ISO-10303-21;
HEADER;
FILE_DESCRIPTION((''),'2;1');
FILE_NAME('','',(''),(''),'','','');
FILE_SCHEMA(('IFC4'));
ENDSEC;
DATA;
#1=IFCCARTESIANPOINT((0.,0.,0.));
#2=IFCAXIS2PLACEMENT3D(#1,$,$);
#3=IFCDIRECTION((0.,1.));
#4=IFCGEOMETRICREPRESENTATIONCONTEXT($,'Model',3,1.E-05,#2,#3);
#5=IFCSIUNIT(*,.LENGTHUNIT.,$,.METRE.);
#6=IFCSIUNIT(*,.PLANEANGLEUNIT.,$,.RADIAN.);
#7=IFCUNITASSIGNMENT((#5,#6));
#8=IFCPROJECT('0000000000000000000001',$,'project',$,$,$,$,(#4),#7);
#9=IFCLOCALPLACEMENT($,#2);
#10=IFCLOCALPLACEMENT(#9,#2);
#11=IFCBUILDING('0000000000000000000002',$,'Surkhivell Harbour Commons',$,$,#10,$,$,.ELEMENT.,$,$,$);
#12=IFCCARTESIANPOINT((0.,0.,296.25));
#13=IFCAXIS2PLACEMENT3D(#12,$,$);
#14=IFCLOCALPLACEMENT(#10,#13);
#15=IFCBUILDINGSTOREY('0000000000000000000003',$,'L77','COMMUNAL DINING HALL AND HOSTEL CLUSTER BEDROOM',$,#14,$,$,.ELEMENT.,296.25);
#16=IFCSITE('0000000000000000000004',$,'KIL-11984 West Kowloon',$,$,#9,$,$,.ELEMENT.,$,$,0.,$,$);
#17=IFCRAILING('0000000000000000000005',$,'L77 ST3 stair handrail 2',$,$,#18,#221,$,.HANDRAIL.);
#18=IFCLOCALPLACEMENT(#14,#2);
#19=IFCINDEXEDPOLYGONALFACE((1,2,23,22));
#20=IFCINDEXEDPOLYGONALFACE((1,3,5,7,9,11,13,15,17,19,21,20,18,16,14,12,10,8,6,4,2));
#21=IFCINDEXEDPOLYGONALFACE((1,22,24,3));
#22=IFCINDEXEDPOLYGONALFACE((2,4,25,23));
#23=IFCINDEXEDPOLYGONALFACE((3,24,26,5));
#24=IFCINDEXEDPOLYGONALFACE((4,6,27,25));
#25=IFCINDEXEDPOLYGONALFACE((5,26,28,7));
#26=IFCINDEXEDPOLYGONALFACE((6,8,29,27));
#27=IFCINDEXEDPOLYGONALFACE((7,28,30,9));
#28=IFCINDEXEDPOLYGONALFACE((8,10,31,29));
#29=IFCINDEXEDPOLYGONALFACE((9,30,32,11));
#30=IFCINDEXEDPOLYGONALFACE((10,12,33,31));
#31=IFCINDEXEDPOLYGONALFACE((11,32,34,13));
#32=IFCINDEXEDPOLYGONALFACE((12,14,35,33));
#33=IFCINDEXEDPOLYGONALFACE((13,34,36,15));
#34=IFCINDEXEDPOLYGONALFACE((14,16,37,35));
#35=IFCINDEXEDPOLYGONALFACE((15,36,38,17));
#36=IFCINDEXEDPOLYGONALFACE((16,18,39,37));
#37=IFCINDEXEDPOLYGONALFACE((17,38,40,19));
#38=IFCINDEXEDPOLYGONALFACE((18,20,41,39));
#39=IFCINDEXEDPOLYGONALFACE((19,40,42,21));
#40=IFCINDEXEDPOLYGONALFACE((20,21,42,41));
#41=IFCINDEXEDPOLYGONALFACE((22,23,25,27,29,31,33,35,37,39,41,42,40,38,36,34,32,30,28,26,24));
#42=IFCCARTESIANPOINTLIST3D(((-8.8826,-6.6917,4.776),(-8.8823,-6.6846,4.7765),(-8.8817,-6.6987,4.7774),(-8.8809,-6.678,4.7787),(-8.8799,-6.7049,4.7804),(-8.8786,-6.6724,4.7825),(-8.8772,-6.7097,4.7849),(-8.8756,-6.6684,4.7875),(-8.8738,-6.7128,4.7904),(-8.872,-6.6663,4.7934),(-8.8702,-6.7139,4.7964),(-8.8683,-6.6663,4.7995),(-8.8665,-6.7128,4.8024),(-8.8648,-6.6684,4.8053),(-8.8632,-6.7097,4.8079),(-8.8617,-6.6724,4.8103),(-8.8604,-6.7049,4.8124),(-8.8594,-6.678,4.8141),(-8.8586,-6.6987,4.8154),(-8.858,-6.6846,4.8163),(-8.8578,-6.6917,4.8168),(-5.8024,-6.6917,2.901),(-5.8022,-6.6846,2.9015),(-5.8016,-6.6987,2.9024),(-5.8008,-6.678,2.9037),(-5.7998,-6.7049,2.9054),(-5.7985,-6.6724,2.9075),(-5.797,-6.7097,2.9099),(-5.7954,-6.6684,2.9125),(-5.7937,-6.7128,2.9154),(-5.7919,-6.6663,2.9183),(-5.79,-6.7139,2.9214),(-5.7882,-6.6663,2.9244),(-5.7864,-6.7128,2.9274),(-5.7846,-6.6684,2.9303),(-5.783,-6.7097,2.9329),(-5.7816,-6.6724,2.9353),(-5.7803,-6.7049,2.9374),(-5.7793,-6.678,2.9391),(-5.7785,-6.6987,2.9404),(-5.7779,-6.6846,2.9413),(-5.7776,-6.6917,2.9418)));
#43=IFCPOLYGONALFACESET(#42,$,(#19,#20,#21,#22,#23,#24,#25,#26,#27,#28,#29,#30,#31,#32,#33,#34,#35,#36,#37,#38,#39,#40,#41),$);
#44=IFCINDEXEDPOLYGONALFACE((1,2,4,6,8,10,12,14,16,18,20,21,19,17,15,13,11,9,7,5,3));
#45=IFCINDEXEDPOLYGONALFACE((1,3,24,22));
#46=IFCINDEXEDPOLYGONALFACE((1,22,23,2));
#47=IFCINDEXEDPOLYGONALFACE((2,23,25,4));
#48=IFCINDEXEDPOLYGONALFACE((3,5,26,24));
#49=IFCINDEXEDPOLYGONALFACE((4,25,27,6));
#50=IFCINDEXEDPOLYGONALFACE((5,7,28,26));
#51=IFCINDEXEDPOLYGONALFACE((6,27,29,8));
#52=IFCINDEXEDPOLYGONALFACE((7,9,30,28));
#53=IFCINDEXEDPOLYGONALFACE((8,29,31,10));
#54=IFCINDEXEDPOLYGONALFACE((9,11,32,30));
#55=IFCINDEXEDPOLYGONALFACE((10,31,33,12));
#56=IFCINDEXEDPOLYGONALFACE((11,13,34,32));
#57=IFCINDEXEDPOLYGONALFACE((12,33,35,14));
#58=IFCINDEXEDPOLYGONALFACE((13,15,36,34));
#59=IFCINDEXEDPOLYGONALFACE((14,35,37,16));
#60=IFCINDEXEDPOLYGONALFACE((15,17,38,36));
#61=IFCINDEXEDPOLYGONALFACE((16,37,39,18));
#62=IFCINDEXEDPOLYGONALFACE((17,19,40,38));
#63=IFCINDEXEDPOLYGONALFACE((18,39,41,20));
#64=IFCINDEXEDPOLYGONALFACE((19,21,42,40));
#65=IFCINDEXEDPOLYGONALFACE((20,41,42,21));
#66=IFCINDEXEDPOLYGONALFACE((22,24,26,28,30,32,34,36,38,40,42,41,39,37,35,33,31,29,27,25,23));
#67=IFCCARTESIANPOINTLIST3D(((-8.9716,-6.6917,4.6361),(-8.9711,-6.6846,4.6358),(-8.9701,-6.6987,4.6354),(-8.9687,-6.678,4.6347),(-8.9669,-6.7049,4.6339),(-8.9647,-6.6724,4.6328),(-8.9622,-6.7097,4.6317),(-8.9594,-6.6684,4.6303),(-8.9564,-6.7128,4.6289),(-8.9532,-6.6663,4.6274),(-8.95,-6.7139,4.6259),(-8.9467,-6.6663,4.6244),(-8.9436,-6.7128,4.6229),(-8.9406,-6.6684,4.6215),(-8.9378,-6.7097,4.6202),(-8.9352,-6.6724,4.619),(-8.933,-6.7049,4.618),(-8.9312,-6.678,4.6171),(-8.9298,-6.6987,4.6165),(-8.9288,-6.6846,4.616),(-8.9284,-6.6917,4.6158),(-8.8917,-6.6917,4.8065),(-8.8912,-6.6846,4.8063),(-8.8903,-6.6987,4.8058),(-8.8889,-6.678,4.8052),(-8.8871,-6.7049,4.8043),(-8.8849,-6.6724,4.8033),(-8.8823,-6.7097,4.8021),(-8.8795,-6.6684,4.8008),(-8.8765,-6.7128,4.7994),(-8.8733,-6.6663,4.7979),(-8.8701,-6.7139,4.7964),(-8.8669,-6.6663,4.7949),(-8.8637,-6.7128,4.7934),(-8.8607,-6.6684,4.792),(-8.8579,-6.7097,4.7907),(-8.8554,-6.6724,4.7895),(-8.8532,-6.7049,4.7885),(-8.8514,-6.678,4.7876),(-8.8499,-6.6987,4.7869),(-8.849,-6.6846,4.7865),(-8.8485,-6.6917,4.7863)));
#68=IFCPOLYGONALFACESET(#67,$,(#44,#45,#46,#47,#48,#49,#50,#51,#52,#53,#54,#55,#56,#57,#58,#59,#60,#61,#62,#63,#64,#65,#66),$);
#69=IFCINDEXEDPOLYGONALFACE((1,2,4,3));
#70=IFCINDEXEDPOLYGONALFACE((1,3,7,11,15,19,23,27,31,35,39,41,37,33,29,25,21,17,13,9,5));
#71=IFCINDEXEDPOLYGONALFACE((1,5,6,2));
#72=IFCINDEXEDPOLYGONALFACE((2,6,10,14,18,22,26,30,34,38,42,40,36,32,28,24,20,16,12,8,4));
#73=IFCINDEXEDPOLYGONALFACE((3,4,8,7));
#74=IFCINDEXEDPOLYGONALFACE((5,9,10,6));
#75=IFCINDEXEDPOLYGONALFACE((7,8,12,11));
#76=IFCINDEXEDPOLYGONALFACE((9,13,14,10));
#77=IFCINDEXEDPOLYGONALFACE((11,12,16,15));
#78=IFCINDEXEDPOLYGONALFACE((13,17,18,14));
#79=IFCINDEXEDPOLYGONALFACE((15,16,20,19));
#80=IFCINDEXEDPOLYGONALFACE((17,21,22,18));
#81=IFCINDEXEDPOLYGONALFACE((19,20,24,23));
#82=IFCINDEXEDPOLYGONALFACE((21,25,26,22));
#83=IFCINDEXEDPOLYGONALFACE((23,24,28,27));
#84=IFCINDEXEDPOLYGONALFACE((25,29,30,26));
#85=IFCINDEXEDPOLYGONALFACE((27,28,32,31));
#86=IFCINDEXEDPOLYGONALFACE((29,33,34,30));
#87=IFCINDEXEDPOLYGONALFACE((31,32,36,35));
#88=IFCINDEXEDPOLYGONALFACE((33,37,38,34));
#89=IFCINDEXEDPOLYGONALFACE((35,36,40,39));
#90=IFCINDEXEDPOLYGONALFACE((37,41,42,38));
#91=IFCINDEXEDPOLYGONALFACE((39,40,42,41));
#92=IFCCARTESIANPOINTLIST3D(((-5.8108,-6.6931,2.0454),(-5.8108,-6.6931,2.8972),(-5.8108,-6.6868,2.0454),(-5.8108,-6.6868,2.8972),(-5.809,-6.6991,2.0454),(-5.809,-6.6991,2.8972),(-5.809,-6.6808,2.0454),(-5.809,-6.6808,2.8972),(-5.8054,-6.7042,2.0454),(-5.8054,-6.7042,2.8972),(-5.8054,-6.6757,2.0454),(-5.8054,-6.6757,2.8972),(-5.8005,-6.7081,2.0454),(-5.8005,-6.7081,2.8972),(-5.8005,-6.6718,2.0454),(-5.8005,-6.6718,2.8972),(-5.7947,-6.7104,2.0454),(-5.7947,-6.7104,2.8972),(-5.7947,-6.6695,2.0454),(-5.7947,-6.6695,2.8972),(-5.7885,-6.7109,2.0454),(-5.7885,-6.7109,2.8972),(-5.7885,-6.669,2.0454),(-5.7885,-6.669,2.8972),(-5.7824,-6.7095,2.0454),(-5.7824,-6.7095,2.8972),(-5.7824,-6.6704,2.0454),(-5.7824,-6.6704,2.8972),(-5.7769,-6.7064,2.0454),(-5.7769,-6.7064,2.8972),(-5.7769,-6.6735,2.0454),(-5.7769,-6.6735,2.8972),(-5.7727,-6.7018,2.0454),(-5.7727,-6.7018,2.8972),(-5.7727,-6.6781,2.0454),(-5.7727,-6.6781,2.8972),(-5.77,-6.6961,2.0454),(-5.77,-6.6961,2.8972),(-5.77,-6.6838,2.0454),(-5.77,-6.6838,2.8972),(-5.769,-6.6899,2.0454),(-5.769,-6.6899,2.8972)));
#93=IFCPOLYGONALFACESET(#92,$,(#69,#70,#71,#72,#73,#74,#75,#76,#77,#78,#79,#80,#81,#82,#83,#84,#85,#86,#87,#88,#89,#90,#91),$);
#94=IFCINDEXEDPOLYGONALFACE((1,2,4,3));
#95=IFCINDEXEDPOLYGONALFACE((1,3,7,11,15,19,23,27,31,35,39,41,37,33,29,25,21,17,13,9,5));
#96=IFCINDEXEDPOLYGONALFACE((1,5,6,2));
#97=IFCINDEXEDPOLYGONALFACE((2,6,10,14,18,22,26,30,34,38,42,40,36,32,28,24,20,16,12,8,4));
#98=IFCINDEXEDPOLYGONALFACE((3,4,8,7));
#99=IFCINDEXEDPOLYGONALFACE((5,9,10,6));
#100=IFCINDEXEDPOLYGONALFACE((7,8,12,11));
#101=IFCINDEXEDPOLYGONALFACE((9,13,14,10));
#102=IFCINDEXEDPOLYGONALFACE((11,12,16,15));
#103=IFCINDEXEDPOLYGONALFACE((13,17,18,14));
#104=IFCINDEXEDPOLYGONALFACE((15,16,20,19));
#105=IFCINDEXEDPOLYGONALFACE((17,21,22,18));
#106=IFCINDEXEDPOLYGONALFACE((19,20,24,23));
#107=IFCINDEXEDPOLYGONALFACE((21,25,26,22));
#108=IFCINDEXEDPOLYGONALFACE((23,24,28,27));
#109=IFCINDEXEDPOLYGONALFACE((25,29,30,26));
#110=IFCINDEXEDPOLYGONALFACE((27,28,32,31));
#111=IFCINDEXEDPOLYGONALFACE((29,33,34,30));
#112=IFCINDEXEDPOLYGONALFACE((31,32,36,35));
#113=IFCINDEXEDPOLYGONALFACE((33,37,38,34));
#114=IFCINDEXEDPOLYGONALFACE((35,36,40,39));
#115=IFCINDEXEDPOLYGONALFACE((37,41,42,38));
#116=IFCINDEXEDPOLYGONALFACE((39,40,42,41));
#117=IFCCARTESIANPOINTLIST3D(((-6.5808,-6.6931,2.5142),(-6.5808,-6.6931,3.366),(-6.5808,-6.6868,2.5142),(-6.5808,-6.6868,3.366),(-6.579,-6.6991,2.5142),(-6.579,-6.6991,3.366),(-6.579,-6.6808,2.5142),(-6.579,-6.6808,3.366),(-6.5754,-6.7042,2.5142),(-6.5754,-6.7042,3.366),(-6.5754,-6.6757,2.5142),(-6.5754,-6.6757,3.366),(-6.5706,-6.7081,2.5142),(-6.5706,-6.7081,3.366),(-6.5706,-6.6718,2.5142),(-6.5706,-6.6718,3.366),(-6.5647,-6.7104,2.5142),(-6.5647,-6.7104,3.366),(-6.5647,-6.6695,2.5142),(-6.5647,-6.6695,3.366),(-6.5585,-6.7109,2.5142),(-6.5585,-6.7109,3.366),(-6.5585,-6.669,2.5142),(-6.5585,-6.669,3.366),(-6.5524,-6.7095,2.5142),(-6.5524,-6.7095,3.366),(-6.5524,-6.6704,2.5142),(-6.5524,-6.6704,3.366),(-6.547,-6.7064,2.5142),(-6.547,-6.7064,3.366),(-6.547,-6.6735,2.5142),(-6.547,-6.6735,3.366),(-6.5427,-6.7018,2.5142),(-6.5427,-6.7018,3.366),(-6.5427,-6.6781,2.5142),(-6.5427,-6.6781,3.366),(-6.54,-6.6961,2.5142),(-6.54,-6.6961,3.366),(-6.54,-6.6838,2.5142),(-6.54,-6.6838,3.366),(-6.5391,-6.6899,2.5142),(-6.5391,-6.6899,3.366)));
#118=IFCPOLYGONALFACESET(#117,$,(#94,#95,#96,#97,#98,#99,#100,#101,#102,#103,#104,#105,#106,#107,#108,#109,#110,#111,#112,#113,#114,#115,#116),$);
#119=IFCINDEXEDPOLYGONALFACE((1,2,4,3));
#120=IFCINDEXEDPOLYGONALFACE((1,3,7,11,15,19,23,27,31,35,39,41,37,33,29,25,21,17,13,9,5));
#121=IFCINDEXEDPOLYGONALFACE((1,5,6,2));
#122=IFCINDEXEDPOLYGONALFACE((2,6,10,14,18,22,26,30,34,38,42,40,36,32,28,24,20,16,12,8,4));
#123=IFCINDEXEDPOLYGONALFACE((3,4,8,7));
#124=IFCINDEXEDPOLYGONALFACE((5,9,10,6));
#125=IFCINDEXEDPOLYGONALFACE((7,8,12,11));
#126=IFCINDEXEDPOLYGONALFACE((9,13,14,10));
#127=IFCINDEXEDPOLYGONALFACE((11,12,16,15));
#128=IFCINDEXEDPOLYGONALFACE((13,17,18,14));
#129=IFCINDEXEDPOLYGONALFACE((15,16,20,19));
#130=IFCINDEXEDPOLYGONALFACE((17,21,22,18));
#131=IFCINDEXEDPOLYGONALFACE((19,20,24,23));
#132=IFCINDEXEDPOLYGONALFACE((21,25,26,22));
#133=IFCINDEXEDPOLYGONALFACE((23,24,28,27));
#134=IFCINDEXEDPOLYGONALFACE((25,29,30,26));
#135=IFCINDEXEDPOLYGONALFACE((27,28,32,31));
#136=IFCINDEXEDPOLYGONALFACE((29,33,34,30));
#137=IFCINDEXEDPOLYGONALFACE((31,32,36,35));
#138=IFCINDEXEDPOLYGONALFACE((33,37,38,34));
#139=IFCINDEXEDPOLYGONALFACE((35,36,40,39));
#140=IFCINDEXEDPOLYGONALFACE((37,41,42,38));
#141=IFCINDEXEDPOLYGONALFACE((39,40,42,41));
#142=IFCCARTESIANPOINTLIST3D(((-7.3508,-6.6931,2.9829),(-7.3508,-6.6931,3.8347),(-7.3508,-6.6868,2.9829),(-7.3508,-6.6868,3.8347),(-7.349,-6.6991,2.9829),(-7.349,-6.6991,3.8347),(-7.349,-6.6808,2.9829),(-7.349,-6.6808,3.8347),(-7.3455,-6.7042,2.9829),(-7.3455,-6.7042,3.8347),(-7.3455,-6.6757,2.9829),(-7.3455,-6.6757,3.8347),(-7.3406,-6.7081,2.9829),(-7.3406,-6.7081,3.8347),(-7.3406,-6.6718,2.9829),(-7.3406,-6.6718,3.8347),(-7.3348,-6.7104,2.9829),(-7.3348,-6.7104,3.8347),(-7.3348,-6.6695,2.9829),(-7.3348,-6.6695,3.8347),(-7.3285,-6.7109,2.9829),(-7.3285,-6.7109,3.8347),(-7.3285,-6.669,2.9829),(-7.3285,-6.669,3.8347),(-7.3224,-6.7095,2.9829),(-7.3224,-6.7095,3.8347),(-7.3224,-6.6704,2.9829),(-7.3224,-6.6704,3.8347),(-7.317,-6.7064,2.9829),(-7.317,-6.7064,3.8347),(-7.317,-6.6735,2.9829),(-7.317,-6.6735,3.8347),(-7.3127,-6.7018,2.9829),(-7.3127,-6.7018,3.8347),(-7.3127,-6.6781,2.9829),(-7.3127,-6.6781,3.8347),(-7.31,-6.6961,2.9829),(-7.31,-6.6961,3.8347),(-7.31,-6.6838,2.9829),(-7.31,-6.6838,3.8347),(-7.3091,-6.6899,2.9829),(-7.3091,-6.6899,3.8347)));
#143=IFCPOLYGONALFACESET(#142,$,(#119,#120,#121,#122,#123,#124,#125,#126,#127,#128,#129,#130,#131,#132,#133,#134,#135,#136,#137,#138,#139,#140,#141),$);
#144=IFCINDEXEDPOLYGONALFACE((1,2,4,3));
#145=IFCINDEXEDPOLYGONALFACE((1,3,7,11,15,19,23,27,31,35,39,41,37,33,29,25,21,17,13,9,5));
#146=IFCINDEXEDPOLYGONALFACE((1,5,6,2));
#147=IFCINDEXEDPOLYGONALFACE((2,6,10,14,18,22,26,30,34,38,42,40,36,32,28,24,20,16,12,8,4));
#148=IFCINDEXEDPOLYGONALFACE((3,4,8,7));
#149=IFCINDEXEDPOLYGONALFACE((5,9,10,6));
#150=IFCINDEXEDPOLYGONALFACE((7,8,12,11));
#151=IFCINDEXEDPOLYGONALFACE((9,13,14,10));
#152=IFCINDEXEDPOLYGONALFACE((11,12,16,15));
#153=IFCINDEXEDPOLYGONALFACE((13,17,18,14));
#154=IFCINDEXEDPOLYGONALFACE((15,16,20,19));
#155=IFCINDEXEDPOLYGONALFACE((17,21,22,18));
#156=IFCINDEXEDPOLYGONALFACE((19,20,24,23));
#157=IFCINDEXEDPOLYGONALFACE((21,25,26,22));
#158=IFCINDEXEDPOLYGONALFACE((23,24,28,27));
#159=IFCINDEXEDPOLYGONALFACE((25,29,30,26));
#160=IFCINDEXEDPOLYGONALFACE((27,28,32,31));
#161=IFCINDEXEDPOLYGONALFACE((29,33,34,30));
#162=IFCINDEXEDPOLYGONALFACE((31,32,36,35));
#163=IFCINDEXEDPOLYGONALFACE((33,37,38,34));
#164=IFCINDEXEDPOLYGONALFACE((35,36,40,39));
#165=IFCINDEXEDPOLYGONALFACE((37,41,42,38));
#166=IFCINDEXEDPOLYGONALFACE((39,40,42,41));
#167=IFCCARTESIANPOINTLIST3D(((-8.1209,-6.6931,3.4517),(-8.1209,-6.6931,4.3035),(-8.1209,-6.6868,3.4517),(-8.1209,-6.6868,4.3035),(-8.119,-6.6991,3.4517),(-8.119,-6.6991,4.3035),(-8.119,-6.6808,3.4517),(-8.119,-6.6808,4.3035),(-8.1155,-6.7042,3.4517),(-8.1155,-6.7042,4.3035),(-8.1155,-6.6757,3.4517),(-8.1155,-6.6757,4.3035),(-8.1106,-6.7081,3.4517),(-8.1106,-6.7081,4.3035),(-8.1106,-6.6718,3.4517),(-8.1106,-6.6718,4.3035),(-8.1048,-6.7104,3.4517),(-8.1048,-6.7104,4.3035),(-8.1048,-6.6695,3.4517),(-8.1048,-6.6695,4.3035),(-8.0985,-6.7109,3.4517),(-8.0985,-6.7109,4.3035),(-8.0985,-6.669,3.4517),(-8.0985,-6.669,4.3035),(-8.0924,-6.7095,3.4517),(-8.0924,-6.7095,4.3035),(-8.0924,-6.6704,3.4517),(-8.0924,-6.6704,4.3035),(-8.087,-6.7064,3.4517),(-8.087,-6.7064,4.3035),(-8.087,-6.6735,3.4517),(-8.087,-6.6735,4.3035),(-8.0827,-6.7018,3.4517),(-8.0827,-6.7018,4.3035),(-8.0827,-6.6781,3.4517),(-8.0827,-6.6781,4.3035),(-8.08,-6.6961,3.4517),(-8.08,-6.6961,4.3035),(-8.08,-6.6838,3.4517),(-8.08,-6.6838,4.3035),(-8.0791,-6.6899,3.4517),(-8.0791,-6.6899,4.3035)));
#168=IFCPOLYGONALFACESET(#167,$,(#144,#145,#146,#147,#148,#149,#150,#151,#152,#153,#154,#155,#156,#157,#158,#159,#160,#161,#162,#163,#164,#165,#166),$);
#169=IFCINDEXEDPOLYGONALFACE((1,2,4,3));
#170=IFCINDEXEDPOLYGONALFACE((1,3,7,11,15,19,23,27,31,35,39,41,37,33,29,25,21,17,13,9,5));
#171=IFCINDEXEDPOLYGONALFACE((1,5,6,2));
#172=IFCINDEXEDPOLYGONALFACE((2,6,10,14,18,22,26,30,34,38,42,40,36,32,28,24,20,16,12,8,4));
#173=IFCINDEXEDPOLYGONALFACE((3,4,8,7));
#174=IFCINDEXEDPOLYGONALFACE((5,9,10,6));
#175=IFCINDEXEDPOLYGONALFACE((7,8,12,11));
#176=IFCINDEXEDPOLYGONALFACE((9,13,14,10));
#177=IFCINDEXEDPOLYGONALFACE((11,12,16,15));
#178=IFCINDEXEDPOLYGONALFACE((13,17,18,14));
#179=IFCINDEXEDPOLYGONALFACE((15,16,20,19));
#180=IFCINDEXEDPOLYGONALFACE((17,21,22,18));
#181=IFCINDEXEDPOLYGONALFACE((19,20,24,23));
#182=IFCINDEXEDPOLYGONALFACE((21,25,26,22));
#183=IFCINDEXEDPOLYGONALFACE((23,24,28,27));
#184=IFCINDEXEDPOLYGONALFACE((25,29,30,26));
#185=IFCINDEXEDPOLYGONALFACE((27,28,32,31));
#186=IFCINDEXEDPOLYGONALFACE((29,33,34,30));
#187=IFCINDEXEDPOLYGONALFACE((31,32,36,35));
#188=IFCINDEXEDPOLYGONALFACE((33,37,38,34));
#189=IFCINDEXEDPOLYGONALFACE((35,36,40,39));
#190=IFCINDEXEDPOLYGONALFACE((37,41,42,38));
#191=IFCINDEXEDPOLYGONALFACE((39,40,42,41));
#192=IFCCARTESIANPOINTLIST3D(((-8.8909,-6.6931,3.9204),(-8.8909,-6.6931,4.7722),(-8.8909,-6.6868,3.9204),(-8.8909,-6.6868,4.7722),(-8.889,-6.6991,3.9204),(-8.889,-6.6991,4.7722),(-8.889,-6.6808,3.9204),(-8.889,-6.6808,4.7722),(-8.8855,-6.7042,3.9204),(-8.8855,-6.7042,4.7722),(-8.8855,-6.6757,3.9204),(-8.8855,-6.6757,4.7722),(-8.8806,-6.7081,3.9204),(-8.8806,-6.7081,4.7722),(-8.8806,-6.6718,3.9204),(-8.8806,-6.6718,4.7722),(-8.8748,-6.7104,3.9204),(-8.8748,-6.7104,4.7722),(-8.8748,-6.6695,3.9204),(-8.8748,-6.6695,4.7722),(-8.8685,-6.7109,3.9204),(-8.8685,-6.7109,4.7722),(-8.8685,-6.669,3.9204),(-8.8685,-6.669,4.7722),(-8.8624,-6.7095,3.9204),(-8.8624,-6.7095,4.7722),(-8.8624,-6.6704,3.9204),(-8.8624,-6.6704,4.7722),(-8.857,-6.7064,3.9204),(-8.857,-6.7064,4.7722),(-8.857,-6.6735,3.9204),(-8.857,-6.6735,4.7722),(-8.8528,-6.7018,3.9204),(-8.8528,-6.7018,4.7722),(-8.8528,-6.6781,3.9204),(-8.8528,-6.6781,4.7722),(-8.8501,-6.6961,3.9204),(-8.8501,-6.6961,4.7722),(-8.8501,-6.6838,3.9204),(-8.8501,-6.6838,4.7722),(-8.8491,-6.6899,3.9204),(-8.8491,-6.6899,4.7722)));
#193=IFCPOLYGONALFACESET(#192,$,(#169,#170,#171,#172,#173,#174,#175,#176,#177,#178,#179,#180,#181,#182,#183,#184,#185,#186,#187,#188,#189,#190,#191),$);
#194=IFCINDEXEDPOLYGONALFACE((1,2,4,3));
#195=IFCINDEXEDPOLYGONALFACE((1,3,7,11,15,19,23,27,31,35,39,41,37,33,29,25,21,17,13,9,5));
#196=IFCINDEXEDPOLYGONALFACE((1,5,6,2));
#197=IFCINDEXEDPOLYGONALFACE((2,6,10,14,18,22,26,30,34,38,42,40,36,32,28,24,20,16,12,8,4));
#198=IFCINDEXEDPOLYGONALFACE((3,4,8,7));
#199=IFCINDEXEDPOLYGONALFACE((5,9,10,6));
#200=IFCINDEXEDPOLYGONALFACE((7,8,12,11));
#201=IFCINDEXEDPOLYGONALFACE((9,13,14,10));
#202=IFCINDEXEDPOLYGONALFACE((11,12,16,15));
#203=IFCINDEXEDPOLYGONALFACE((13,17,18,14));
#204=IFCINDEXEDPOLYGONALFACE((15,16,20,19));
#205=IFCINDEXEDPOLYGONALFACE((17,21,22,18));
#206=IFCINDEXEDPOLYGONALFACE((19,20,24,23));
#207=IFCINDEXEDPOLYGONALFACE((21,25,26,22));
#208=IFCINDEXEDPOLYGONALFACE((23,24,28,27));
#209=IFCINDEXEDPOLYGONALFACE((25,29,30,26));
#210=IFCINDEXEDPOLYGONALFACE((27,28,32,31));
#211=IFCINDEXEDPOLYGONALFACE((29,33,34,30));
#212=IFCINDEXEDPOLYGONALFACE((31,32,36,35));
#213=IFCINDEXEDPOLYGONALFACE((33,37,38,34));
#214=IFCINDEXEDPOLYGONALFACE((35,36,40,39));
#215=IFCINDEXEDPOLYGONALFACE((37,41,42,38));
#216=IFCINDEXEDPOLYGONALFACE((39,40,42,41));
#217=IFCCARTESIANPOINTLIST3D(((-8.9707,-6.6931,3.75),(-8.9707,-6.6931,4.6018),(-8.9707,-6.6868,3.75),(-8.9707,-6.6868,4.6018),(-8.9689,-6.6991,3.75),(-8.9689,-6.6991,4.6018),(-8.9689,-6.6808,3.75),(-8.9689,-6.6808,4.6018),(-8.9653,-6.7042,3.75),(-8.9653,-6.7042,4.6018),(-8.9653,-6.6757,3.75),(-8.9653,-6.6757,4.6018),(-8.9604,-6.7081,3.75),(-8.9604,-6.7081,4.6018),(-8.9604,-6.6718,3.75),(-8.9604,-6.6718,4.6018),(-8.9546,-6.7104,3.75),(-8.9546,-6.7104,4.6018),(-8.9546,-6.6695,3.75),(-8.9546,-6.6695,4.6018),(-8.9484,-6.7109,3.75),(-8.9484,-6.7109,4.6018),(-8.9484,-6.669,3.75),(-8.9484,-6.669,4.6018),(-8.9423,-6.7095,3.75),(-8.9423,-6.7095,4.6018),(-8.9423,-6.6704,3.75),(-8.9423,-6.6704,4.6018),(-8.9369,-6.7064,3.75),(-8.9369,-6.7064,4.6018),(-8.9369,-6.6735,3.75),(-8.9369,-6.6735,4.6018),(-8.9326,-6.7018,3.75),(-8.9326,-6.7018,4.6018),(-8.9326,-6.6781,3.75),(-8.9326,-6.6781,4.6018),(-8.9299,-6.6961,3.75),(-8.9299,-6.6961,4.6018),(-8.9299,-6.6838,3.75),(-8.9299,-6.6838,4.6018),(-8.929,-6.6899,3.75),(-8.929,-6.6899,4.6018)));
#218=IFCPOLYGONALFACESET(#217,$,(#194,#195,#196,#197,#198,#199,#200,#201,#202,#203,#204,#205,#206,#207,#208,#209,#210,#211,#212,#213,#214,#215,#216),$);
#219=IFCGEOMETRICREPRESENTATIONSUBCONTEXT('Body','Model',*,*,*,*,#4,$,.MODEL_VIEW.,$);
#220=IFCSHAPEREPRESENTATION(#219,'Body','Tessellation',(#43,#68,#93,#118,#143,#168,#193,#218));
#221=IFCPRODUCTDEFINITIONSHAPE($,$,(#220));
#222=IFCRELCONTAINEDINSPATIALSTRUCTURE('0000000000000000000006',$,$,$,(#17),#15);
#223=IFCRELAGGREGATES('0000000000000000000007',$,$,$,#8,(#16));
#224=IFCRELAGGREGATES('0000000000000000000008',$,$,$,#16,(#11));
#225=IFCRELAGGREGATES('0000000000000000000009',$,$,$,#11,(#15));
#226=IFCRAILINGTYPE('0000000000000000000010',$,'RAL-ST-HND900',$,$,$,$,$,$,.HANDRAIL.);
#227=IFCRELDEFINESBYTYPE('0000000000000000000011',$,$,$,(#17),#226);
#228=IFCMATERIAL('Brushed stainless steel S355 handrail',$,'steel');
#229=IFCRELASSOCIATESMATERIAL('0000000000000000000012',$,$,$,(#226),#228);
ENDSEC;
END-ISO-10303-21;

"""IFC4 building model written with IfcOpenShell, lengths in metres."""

from ifc_helpers import new_model, si_unit, direction, frame, origin, origin_2d, place, context, subcontext, project, spatial, circle, extrude, material, type_object, element, save


model = new_model("IFC4")

# Units and contexts
model_context = context("Model", 3, precision=1e-05, world=origin(), true_north=direction((0.0, 1.0)))
body_context = subcontext(model_context, "Body", "Model", "MODEL_VIEW")
ifc_project = project(units=[si_unit("LENGTHUNIT", "METRE"), si_unit("PLANEANGLEUNIT", "RADIAN")], contexts=[model_context])

# Site, building, storey
site_placement = place(None, origin())
site = spatial("IfcSite", under=ifc_project, at=site_placement, Name="KIL-11984 West Kowloon", CompositionType="ELEMENT", RefElevation=0.0)
building_placement = place(site_placement, origin())
building = spatial("IfcBuilding", under=site, at=building_placement, Name="Surkhivell Harbour Commons", CompositionType="ELEMENT")
storey_placement = place(building_placement, frame((0.0, 0.0, 296.25)))
storey = spatial("IfcBuildingStorey", under=building, at=storey_placement, Name="L77", Description="COMMUNAL DINING HALL AND HOSTEL CLUSTER BEDROOM", CompositionType="ELEMENT", Elevation=296.25)

# Railing
ifc_material_1 = material(Name="Brushed stainless steel S355 handrail", Category="steel")
railing_type = type_object("IfcRailingType", Name="RAL-ST-HND900", PredefinedType="HANDRAIL", material=ifc_material_1)
railing_placement = place(storey_placement, frame((-5.79, -6.6899, 2.0454)))
element("IfcRailing", 1, at=railing_placement, inside=storey, type_object=railing_type, Name="L77 ST3 stair handrail 2", PredefinedType="HANDRAIL", context=body_context, shape_type="SweptSolid", body=[
    extrude(circle(Radius=0.0239, at=origin_2d()), frame((0.0, 0.0, 0.876), z_axis=(-0.854178, 0.0, 0.519981), x_axis=(0.0, -1.0, 0.0)), (0.0, 0.0, 1.0), 3.606),
    extrude(circle(Radius=0.0239, at=origin_2d()), frame((-3.0801, 0.0, 2.751), z_axis=(-0.424234, 0.0, -0.905552), x_axis=(0.0, -1.0, 0.0)), (0.0, 0.0, 1.0), 0.1882),
    extrude(circle(Radius=0.021, at=origin_2d()), origin(), (0.0, 0.0, 1.0), 0.8518),
    extrude(circle(Radius=0.021, at=origin_2d()), frame((-0.77, 0.0, 0.4688)), (0.0, 0.0, 1.0), 0.8518),
    extrude(circle(Radius=0.021, at=origin_2d()), frame((-1.54, 0.0, 0.9375)), (0.0, 0.0, 1.0), 0.8518),
    extrude(circle(Radius=0.021, at=origin_2d()), frame((-2.3101, 0.0, 1.4062)), (0.0, 0.0, 1.0), 0.8518),
    extrude(circle(Radius=0.021, at=origin_2d()), frame((-3.0801, 0.0, 1.875)), (0.0, 0.0, 1.0), 0.8518),
    extrude(circle(Radius=0.021, at=origin_2d()), frame((-3.1599, 0.0, 1.7046)), (0.0, 0.0, 1.0), 0.8518),
])

save(model, "model.ifc")
